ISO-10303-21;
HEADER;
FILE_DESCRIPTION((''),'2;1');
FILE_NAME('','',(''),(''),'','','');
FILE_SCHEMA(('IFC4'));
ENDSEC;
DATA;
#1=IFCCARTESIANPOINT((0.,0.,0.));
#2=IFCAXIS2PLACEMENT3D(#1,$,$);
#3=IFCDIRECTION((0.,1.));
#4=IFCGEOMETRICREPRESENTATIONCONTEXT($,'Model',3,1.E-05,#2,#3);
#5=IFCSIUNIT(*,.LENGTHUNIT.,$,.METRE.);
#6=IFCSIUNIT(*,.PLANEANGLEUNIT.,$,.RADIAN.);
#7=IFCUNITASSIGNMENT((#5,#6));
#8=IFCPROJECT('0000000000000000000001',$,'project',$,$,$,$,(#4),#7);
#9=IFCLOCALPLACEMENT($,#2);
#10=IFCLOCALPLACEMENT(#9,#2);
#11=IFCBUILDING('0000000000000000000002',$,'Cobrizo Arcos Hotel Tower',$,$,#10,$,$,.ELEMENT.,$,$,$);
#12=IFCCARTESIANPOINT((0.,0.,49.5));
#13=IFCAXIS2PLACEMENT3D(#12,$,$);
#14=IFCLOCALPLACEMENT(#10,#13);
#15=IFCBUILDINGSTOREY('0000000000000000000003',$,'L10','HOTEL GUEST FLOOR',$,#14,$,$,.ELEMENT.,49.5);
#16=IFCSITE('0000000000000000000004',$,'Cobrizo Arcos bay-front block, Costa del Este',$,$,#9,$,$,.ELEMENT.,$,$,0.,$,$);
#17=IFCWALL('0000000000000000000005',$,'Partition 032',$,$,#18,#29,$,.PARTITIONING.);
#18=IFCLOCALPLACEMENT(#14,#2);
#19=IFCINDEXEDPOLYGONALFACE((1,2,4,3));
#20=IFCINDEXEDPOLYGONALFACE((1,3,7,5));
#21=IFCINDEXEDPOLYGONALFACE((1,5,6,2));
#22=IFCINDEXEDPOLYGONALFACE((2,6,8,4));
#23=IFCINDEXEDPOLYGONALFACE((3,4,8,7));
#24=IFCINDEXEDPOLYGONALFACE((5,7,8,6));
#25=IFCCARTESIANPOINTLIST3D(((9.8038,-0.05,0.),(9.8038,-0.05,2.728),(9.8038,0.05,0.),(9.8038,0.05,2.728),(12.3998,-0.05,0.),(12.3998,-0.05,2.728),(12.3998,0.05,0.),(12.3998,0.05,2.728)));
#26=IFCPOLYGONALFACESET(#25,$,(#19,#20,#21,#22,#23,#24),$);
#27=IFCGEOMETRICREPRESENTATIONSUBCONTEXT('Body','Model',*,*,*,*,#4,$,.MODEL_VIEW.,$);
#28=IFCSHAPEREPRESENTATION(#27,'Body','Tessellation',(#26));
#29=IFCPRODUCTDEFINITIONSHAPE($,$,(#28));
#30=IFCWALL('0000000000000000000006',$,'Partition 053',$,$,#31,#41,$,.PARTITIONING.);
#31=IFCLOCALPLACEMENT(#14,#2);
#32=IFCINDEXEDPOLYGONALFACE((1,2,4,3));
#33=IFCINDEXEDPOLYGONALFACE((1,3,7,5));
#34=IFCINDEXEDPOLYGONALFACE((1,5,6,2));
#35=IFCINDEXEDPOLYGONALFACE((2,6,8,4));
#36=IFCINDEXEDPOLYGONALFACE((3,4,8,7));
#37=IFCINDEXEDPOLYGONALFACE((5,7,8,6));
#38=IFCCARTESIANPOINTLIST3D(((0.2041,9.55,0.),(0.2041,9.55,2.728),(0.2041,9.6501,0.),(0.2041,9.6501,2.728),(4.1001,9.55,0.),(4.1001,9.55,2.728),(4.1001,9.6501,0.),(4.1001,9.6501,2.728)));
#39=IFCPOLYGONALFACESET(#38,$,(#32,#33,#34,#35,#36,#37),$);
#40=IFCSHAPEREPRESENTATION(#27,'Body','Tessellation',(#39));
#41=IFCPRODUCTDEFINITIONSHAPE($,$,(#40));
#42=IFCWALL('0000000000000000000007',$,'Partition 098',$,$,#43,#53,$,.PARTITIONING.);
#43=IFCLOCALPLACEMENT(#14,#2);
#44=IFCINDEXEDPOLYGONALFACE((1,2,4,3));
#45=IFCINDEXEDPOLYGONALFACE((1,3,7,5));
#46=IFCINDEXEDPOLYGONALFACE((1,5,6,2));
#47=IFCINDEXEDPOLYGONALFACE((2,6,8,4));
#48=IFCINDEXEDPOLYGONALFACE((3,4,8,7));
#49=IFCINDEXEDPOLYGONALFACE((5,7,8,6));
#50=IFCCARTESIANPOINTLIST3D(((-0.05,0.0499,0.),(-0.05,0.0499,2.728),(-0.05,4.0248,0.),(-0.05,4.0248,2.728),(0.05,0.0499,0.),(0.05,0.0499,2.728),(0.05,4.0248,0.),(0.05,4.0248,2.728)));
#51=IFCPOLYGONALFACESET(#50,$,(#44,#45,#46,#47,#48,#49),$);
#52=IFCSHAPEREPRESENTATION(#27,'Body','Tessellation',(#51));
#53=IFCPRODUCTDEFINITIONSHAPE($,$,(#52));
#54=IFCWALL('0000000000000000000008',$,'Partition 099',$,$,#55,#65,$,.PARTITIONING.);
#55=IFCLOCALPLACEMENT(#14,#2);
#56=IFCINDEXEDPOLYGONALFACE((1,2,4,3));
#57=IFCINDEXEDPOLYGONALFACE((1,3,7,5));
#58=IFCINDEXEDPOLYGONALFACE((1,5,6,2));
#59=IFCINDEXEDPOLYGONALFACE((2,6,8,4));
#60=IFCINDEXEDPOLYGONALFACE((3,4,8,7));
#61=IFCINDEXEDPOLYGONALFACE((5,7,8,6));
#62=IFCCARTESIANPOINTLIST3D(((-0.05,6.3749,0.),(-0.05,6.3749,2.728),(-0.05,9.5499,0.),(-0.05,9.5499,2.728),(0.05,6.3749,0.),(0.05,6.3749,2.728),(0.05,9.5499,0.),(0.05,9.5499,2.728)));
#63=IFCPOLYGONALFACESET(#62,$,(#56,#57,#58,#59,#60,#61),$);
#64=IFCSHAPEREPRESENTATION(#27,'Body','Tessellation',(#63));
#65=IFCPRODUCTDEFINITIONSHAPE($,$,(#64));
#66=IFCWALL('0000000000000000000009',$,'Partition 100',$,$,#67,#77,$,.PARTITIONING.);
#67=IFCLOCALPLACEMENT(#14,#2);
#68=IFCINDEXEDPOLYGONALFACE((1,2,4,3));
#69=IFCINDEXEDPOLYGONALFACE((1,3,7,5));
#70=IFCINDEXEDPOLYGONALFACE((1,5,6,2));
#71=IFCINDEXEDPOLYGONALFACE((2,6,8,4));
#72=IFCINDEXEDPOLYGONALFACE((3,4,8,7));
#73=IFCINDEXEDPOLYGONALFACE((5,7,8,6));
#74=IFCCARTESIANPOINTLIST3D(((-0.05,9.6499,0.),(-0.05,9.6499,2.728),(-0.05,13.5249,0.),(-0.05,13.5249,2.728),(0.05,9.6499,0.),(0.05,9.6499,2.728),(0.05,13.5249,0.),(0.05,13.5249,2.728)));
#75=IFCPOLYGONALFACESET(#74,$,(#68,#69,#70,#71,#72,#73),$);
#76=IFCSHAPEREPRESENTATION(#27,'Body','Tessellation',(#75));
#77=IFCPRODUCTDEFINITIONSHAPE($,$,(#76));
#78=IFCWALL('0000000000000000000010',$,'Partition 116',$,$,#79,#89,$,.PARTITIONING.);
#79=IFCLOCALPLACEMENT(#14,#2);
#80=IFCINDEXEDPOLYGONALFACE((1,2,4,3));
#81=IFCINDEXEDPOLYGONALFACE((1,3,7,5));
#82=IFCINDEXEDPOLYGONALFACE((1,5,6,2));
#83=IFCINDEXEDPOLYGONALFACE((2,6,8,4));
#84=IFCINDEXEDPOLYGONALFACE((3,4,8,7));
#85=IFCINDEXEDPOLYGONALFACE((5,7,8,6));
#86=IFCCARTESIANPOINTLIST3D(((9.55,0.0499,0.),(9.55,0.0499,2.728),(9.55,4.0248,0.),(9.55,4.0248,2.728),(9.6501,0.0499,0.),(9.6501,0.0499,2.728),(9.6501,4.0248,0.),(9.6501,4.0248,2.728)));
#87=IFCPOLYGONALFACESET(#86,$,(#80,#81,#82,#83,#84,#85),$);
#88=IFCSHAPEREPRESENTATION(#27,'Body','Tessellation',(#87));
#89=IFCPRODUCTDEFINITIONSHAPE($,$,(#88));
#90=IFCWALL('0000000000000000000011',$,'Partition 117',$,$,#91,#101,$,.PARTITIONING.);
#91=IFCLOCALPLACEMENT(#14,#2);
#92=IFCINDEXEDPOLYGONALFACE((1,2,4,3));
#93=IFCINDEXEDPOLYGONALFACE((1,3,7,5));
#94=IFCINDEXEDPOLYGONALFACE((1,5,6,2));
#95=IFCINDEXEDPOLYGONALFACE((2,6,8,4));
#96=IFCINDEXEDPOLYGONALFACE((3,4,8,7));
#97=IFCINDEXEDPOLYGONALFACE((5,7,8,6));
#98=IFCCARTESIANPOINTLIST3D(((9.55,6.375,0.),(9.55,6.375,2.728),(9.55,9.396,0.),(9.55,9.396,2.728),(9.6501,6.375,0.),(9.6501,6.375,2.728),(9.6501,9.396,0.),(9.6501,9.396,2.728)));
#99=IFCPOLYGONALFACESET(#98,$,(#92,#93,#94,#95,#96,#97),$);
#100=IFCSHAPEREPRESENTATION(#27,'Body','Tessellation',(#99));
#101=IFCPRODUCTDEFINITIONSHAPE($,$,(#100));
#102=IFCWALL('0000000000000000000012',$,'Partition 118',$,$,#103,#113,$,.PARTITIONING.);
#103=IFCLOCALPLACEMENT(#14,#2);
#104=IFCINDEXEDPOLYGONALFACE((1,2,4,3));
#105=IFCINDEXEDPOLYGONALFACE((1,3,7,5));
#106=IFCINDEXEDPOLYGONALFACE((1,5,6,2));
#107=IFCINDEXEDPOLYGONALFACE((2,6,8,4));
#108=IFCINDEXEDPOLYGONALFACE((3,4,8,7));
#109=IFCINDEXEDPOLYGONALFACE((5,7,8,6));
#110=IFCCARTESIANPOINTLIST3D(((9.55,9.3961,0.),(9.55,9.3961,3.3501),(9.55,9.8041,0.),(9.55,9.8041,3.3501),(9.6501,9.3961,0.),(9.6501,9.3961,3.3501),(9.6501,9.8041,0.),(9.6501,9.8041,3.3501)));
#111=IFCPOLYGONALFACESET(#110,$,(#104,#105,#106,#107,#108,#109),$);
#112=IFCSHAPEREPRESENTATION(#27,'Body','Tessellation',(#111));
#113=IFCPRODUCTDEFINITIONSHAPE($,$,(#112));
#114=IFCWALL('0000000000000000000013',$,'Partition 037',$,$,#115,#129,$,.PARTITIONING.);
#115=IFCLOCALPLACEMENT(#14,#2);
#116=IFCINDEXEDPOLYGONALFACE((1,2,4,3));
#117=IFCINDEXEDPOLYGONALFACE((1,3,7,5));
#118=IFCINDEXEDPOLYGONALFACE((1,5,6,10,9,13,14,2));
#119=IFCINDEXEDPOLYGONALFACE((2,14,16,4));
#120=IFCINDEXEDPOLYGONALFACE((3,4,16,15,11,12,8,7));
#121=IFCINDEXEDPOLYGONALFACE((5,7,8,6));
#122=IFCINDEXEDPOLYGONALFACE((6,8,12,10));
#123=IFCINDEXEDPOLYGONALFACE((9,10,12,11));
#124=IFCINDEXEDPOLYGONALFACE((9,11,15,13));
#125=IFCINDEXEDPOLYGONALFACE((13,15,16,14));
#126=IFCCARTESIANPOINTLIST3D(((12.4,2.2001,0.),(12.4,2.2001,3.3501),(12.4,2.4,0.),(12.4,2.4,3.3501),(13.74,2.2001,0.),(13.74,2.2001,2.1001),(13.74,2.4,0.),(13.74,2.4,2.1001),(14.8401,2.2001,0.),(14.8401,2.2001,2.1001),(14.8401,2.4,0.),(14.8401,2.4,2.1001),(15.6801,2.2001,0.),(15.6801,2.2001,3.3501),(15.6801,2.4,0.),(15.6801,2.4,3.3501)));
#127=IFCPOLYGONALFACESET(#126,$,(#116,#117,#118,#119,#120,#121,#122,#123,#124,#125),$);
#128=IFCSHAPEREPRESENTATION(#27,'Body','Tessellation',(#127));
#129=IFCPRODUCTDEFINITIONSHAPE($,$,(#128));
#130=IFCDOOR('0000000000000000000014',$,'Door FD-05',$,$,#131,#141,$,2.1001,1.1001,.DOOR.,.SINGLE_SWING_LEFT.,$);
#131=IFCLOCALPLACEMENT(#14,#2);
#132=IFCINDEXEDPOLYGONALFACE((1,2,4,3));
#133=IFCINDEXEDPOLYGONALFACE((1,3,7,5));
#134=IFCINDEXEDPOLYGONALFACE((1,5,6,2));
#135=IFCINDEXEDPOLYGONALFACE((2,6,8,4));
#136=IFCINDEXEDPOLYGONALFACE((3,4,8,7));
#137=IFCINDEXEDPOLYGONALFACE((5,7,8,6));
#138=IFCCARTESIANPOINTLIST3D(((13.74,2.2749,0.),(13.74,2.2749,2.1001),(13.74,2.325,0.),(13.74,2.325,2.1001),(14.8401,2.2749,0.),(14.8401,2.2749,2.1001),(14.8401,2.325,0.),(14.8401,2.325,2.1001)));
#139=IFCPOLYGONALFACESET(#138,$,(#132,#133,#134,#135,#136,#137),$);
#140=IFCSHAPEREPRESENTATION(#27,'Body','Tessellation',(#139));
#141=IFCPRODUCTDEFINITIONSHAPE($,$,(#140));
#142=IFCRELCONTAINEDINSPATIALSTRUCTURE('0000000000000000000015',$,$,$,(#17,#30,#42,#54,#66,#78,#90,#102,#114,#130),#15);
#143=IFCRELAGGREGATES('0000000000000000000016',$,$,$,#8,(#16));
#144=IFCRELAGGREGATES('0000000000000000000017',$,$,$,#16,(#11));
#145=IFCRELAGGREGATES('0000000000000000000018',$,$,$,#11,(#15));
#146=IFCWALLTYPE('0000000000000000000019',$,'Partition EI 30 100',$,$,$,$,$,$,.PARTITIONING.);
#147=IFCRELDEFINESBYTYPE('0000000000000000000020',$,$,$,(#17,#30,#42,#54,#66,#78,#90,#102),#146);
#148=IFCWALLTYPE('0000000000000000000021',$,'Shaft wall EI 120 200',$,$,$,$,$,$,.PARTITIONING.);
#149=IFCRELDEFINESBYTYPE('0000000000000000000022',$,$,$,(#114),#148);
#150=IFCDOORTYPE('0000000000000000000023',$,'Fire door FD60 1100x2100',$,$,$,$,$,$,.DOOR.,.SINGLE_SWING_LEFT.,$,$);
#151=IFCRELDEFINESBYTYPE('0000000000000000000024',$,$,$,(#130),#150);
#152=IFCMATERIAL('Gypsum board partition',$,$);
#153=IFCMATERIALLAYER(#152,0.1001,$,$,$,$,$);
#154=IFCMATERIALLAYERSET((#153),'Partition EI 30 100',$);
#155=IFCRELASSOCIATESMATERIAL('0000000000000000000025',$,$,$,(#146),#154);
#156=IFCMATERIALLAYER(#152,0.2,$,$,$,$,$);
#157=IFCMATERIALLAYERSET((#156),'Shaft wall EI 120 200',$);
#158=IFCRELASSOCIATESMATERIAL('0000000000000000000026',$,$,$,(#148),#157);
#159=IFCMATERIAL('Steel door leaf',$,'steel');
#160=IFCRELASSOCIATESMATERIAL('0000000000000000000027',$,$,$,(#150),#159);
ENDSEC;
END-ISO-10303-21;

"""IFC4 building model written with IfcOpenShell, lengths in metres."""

from ifc_helpers import new_model, si_unit, direction, frame, frame_2d, origin, place, context, subcontext, project, spatial, rectangle, extrude, material, layer, layer_set, type_object, element, fill, save


model = new_model("IFC4")

# Units and contexts
model_context = context("Model", 3, precision=1e-05, world=origin(), true_north=direction((0.0, 1.0)))
body_context = subcontext(model_context, "Body", "Model", "MODEL_VIEW")
ifc_project = project(units=[si_unit("LENGTHUNIT", "METRE"), si_unit("PLANEANGLEUNIT", "RADIAN")], contexts=[model_context])

# Site, building, storey
site_placement = place(None, origin())
site = spatial("IfcSite", under=ifc_project, at=site_placement, Name="Cobrizo Arcos bay-front block, Costa del Este", CompositionType="ELEMENT", RefElevation=0.0)
building_placement = place(site_placement, origin())
building = spatial("IfcBuilding", under=site, at=building_placement, Name="Cobrizo Arcos Hotel Tower", CompositionType="ELEMENT")
storey_placement = place(building_placement, frame((0.0, 0.0, 49.5)))
storey = spatial("IfcBuildingStorey", under=building, at=storey_placement, Name="L10", Description="HOTEL GUEST FLOOR", CompositionType="ELEMENT", Elevation=49.5)

# Shared definitions
ifc_material_1 = material(Name="Gypsum board partition")

# Walls
ifc_layer_1 = layer(ifc_material_1, 0.1001)
ifc_layer_set_1 = layer_set([ifc_layer_1], Name="Partition EI 30 100")
wall_type_1 = type_object("IfcWallType", Name="Partition EI 30 100", PredefinedType="PARTITIONING", material=ifc_layer_set_1)
wall_1_placement = place(storey_placement, frame((9.804, 0.0, 0.0), z_axis=(0.0, 0.0, 1.0), x_axis=(1.0, 0.0, 0.0)))
element("IfcWall", 1, at=wall_1_placement, inside=storey, type_object=wall_type_1, Name="Partition 032", PredefinedType="PARTITIONING", context=body_context, shape_type="SweptSolid", body=[
    extrude(rectangle(XDim=2.5959, YDim=0.1001, at=frame_2d((1.2979, 0.0))), origin(), (0.0, 0.0, 1.0), 2.728),
])
wall_2_placement = place(storey_placement, frame((0.2041, 9.6001, 0.0), z_axis=(0.0, 0.0, 1.0), x_axis=(1.0, 0.0, 0.0)))
element("IfcWall", 2, at=wall_2_placement, inside=storey, type_object=wall_type_1, Name="Partition 053", PredefinedType="PARTITIONING", context=body_context, shape_type="SweptSolid", body=[
    extrude(rectangle(XDim=3.896, YDim=0.1001, at=frame_2d((1.948, 0.0))), origin(), (0.0, 0.0, 1.0), 2.728),
])
wall_3_placement = place(storey_placement, frame((0.0, 0.05, 0.0), z_axis=(0.0, 0.0, 1.0), x_axis=(0.0, 1.0, 0.0)))
element("IfcWall", 3, at=wall_3_placement, inside=storey, type_object=wall_type_1, Name="Partition 098", PredefinedType="PARTITIONING", context=body_context, shape_type="SweptSolid", body=[
    extrude(rectangle(XDim=3.9749, YDim=0.1001, at=frame_2d((1.9873, 0.0))), origin(), (0.0, 0.0, 1.0), 2.728),
])
wall_4_placement = place(storey_placement, frame((0.0, 6.375, 0.0), z_axis=(0.0, 0.0, 1.0), x_axis=(0.0, 1.0, 0.0)))
element("IfcWall", 4, at=wall_4_placement, inside=storey, type_object=wall_type_1, Name="Partition 099", PredefinedType="PARTITIONING", context=body_context, shape_type="SweptSolid", body=[
    extrude(rectangle(XDim=3.175, YDim=0.1001, at=frame_2d((1.5874, 0.0))), origin(), (0.0, 0.0, 1.0), 2.728),
])
wall_5_placement = place(storey_placement, frame((0.0, 9.6499, 0.0), z_axis=(0.0, 0.0, 1.0), x_axis=(0.0, 1.0, 0.0)))
element("IfcWall", 5, at=wall_5_placement, inside=storey, type_object=wall_type_1, Name="Partition 100", PredefinedType="PARTITIONING", context=body_context, shape_type="SweptSolid", body=[
    extrude(rectangle(XDim=3.875, YDim=0.1001, at=frame_2d((1.9375, 0.0))), origin(), (0.0, 0.0, 1.0), 2.728),
])
wall_6_placement = place(storey_placement, frame((9.6001, 0.05, 0.0), z_axis=(0.0, 0.0, 1.0), x_axis=(0.0, 1.0, 0.0)))
element("IfcWall", 6, at=wall_6_placement, inside=storey, type_object=wall_type_1, Name="Partition 116", PredefinedType="PARTITIONING", context=body_context, shape_type="SweptSolid", body=[
    extrude(rectangle(XDim=3.9749, YDim=0.1001, at=frame_2d((1.9873, 0.0))), origin(), (0.0, 0.0, 1.0), 2.728),
])
wall_7_placement = place(storey_placement, frame((9.6001, 6.375, 0.0), z_axis=(0.0, 0.0, 1.0), x_axis=(0.0, 1.0, 0.0)))
element("IfcWall", 7, at=wall_7_placement, inside=storey, type_object=wall_type_1, Name="Partition 117", PredefinedType="PARTITIONING", context=body_context, shape_type="SweptSolid", body=[
    extrude(rectangle(XDim=3.021, YDim=0.1001, at=frame_2d((1.5105, 0.0))), origin(), (0.0, 0.0, 1.0), 2.728),
])
wall_8_placement = place(storey_placement, frame((9.6001, 9.396, 0.0), z_axis=(0.0, 0.0, 1.0), x_axis=(0.0, 1.0, 0.0)))
element("IfcWall", 8, at=wall_8_placement, inside=storey, type_object=wall_type_1, Name="Partition 118", PredefinedType="PARTITIONING", context=body_context, shape_type="SweptSolid", body=[
    extrude(rectangle(XDim=0.408, YDim=0.1001, at=frame_2d((0.2041, 0.0))), origin(), (0.0, 0.0, 1.0), 3.3501),
])

# Wall, opening, door
ifc_layer_2 = layer(ifc_material_1, 0.2)
ifc_layer_set_2 = layer_set([ifc_layer_2], Name="Shaft wall EI 120 200")
wall_type_2 = type_object("IfcWallType", Name="Shaft wall EI 120 200", PredefinedType="PARTITIONING", material=ifc_layer_set_2)
wall_9_placement = place(storey_placement, frame((12.3999, 2.3, 0.0), z_axis=(0.0, 0.0, 1.0), x_axis=(1.0, 0.0, 0.0)))
wall_9 = element("IfcWall", 9, at=wall_9_placement, inside=storey, type_object=wall_type_2, Name="Partition 037", PredefinedType="PARTITIONING", context=body_context, shape_type="SweptSolid", body=[
    extrude(rectangle(XDim=3.28, YDim=0.2, at=frame_2d((1.6401, 0.0))), origin(), (0.0, 0.0, 1.0), 3.3501),
])
opening_1_placement = place(wall_9_placement, frame((1.3401, 0.0, 0.0)))
opening_1 = element("IfcOpeningElement", 10, at=opening_1_placement, cuts=wall_9, PredefinedType="OPENING", context=body_context, shape_type="SweptSolid", body=[
    extrude(rectangle(XDim=1.1001, YDim=2.1001, at=frame_2d((0.55, 1.05))), frame((0.0, 0.1121, 0.0), z_axis=(0.0, -1.0, 0.0), x_axis=(1.0, 0.0, 0.0)), (0.0, 0.0, 1.0), 0.2239),
])
ifc_material_2 = material(Name="Steel door leaf", Category="steel")
door_type_1 = type_object("IfcDoorType", Name="Fire door FD60 1100x2100", OperationType="SINGLE_SWING_LEFT", PredefinedType="DOOR", material=ifc_material_2)
door_1_placement = place(opening_1_placement, origin())
door_1 = element("IfcDoor", 11, at=door_1_placement, inside=storey, type_object=door_type_1, Name="Door FD-05", OperationType="SINGLE_SWING_LEFT", OverallHeight=2.1001, OverallWidth=1.1001, PredefinedType="DOOR", context=body_context, shape_type="SweptSolid", body=[
    extrude(rectangle(XDim=1.1001, YDim=2.1001, at=frame_2d((0.55, 1.05))), frame((0.0, 0.0249, 0.0), z_axis=(0.0, -1.0, 0.0), x_axis=(1.0, 0.0, 0.0)), (0.0, 0.0, 1.0), 0.05),
])
fill(opening_1, door_1)

save(model, "model.ifc")
